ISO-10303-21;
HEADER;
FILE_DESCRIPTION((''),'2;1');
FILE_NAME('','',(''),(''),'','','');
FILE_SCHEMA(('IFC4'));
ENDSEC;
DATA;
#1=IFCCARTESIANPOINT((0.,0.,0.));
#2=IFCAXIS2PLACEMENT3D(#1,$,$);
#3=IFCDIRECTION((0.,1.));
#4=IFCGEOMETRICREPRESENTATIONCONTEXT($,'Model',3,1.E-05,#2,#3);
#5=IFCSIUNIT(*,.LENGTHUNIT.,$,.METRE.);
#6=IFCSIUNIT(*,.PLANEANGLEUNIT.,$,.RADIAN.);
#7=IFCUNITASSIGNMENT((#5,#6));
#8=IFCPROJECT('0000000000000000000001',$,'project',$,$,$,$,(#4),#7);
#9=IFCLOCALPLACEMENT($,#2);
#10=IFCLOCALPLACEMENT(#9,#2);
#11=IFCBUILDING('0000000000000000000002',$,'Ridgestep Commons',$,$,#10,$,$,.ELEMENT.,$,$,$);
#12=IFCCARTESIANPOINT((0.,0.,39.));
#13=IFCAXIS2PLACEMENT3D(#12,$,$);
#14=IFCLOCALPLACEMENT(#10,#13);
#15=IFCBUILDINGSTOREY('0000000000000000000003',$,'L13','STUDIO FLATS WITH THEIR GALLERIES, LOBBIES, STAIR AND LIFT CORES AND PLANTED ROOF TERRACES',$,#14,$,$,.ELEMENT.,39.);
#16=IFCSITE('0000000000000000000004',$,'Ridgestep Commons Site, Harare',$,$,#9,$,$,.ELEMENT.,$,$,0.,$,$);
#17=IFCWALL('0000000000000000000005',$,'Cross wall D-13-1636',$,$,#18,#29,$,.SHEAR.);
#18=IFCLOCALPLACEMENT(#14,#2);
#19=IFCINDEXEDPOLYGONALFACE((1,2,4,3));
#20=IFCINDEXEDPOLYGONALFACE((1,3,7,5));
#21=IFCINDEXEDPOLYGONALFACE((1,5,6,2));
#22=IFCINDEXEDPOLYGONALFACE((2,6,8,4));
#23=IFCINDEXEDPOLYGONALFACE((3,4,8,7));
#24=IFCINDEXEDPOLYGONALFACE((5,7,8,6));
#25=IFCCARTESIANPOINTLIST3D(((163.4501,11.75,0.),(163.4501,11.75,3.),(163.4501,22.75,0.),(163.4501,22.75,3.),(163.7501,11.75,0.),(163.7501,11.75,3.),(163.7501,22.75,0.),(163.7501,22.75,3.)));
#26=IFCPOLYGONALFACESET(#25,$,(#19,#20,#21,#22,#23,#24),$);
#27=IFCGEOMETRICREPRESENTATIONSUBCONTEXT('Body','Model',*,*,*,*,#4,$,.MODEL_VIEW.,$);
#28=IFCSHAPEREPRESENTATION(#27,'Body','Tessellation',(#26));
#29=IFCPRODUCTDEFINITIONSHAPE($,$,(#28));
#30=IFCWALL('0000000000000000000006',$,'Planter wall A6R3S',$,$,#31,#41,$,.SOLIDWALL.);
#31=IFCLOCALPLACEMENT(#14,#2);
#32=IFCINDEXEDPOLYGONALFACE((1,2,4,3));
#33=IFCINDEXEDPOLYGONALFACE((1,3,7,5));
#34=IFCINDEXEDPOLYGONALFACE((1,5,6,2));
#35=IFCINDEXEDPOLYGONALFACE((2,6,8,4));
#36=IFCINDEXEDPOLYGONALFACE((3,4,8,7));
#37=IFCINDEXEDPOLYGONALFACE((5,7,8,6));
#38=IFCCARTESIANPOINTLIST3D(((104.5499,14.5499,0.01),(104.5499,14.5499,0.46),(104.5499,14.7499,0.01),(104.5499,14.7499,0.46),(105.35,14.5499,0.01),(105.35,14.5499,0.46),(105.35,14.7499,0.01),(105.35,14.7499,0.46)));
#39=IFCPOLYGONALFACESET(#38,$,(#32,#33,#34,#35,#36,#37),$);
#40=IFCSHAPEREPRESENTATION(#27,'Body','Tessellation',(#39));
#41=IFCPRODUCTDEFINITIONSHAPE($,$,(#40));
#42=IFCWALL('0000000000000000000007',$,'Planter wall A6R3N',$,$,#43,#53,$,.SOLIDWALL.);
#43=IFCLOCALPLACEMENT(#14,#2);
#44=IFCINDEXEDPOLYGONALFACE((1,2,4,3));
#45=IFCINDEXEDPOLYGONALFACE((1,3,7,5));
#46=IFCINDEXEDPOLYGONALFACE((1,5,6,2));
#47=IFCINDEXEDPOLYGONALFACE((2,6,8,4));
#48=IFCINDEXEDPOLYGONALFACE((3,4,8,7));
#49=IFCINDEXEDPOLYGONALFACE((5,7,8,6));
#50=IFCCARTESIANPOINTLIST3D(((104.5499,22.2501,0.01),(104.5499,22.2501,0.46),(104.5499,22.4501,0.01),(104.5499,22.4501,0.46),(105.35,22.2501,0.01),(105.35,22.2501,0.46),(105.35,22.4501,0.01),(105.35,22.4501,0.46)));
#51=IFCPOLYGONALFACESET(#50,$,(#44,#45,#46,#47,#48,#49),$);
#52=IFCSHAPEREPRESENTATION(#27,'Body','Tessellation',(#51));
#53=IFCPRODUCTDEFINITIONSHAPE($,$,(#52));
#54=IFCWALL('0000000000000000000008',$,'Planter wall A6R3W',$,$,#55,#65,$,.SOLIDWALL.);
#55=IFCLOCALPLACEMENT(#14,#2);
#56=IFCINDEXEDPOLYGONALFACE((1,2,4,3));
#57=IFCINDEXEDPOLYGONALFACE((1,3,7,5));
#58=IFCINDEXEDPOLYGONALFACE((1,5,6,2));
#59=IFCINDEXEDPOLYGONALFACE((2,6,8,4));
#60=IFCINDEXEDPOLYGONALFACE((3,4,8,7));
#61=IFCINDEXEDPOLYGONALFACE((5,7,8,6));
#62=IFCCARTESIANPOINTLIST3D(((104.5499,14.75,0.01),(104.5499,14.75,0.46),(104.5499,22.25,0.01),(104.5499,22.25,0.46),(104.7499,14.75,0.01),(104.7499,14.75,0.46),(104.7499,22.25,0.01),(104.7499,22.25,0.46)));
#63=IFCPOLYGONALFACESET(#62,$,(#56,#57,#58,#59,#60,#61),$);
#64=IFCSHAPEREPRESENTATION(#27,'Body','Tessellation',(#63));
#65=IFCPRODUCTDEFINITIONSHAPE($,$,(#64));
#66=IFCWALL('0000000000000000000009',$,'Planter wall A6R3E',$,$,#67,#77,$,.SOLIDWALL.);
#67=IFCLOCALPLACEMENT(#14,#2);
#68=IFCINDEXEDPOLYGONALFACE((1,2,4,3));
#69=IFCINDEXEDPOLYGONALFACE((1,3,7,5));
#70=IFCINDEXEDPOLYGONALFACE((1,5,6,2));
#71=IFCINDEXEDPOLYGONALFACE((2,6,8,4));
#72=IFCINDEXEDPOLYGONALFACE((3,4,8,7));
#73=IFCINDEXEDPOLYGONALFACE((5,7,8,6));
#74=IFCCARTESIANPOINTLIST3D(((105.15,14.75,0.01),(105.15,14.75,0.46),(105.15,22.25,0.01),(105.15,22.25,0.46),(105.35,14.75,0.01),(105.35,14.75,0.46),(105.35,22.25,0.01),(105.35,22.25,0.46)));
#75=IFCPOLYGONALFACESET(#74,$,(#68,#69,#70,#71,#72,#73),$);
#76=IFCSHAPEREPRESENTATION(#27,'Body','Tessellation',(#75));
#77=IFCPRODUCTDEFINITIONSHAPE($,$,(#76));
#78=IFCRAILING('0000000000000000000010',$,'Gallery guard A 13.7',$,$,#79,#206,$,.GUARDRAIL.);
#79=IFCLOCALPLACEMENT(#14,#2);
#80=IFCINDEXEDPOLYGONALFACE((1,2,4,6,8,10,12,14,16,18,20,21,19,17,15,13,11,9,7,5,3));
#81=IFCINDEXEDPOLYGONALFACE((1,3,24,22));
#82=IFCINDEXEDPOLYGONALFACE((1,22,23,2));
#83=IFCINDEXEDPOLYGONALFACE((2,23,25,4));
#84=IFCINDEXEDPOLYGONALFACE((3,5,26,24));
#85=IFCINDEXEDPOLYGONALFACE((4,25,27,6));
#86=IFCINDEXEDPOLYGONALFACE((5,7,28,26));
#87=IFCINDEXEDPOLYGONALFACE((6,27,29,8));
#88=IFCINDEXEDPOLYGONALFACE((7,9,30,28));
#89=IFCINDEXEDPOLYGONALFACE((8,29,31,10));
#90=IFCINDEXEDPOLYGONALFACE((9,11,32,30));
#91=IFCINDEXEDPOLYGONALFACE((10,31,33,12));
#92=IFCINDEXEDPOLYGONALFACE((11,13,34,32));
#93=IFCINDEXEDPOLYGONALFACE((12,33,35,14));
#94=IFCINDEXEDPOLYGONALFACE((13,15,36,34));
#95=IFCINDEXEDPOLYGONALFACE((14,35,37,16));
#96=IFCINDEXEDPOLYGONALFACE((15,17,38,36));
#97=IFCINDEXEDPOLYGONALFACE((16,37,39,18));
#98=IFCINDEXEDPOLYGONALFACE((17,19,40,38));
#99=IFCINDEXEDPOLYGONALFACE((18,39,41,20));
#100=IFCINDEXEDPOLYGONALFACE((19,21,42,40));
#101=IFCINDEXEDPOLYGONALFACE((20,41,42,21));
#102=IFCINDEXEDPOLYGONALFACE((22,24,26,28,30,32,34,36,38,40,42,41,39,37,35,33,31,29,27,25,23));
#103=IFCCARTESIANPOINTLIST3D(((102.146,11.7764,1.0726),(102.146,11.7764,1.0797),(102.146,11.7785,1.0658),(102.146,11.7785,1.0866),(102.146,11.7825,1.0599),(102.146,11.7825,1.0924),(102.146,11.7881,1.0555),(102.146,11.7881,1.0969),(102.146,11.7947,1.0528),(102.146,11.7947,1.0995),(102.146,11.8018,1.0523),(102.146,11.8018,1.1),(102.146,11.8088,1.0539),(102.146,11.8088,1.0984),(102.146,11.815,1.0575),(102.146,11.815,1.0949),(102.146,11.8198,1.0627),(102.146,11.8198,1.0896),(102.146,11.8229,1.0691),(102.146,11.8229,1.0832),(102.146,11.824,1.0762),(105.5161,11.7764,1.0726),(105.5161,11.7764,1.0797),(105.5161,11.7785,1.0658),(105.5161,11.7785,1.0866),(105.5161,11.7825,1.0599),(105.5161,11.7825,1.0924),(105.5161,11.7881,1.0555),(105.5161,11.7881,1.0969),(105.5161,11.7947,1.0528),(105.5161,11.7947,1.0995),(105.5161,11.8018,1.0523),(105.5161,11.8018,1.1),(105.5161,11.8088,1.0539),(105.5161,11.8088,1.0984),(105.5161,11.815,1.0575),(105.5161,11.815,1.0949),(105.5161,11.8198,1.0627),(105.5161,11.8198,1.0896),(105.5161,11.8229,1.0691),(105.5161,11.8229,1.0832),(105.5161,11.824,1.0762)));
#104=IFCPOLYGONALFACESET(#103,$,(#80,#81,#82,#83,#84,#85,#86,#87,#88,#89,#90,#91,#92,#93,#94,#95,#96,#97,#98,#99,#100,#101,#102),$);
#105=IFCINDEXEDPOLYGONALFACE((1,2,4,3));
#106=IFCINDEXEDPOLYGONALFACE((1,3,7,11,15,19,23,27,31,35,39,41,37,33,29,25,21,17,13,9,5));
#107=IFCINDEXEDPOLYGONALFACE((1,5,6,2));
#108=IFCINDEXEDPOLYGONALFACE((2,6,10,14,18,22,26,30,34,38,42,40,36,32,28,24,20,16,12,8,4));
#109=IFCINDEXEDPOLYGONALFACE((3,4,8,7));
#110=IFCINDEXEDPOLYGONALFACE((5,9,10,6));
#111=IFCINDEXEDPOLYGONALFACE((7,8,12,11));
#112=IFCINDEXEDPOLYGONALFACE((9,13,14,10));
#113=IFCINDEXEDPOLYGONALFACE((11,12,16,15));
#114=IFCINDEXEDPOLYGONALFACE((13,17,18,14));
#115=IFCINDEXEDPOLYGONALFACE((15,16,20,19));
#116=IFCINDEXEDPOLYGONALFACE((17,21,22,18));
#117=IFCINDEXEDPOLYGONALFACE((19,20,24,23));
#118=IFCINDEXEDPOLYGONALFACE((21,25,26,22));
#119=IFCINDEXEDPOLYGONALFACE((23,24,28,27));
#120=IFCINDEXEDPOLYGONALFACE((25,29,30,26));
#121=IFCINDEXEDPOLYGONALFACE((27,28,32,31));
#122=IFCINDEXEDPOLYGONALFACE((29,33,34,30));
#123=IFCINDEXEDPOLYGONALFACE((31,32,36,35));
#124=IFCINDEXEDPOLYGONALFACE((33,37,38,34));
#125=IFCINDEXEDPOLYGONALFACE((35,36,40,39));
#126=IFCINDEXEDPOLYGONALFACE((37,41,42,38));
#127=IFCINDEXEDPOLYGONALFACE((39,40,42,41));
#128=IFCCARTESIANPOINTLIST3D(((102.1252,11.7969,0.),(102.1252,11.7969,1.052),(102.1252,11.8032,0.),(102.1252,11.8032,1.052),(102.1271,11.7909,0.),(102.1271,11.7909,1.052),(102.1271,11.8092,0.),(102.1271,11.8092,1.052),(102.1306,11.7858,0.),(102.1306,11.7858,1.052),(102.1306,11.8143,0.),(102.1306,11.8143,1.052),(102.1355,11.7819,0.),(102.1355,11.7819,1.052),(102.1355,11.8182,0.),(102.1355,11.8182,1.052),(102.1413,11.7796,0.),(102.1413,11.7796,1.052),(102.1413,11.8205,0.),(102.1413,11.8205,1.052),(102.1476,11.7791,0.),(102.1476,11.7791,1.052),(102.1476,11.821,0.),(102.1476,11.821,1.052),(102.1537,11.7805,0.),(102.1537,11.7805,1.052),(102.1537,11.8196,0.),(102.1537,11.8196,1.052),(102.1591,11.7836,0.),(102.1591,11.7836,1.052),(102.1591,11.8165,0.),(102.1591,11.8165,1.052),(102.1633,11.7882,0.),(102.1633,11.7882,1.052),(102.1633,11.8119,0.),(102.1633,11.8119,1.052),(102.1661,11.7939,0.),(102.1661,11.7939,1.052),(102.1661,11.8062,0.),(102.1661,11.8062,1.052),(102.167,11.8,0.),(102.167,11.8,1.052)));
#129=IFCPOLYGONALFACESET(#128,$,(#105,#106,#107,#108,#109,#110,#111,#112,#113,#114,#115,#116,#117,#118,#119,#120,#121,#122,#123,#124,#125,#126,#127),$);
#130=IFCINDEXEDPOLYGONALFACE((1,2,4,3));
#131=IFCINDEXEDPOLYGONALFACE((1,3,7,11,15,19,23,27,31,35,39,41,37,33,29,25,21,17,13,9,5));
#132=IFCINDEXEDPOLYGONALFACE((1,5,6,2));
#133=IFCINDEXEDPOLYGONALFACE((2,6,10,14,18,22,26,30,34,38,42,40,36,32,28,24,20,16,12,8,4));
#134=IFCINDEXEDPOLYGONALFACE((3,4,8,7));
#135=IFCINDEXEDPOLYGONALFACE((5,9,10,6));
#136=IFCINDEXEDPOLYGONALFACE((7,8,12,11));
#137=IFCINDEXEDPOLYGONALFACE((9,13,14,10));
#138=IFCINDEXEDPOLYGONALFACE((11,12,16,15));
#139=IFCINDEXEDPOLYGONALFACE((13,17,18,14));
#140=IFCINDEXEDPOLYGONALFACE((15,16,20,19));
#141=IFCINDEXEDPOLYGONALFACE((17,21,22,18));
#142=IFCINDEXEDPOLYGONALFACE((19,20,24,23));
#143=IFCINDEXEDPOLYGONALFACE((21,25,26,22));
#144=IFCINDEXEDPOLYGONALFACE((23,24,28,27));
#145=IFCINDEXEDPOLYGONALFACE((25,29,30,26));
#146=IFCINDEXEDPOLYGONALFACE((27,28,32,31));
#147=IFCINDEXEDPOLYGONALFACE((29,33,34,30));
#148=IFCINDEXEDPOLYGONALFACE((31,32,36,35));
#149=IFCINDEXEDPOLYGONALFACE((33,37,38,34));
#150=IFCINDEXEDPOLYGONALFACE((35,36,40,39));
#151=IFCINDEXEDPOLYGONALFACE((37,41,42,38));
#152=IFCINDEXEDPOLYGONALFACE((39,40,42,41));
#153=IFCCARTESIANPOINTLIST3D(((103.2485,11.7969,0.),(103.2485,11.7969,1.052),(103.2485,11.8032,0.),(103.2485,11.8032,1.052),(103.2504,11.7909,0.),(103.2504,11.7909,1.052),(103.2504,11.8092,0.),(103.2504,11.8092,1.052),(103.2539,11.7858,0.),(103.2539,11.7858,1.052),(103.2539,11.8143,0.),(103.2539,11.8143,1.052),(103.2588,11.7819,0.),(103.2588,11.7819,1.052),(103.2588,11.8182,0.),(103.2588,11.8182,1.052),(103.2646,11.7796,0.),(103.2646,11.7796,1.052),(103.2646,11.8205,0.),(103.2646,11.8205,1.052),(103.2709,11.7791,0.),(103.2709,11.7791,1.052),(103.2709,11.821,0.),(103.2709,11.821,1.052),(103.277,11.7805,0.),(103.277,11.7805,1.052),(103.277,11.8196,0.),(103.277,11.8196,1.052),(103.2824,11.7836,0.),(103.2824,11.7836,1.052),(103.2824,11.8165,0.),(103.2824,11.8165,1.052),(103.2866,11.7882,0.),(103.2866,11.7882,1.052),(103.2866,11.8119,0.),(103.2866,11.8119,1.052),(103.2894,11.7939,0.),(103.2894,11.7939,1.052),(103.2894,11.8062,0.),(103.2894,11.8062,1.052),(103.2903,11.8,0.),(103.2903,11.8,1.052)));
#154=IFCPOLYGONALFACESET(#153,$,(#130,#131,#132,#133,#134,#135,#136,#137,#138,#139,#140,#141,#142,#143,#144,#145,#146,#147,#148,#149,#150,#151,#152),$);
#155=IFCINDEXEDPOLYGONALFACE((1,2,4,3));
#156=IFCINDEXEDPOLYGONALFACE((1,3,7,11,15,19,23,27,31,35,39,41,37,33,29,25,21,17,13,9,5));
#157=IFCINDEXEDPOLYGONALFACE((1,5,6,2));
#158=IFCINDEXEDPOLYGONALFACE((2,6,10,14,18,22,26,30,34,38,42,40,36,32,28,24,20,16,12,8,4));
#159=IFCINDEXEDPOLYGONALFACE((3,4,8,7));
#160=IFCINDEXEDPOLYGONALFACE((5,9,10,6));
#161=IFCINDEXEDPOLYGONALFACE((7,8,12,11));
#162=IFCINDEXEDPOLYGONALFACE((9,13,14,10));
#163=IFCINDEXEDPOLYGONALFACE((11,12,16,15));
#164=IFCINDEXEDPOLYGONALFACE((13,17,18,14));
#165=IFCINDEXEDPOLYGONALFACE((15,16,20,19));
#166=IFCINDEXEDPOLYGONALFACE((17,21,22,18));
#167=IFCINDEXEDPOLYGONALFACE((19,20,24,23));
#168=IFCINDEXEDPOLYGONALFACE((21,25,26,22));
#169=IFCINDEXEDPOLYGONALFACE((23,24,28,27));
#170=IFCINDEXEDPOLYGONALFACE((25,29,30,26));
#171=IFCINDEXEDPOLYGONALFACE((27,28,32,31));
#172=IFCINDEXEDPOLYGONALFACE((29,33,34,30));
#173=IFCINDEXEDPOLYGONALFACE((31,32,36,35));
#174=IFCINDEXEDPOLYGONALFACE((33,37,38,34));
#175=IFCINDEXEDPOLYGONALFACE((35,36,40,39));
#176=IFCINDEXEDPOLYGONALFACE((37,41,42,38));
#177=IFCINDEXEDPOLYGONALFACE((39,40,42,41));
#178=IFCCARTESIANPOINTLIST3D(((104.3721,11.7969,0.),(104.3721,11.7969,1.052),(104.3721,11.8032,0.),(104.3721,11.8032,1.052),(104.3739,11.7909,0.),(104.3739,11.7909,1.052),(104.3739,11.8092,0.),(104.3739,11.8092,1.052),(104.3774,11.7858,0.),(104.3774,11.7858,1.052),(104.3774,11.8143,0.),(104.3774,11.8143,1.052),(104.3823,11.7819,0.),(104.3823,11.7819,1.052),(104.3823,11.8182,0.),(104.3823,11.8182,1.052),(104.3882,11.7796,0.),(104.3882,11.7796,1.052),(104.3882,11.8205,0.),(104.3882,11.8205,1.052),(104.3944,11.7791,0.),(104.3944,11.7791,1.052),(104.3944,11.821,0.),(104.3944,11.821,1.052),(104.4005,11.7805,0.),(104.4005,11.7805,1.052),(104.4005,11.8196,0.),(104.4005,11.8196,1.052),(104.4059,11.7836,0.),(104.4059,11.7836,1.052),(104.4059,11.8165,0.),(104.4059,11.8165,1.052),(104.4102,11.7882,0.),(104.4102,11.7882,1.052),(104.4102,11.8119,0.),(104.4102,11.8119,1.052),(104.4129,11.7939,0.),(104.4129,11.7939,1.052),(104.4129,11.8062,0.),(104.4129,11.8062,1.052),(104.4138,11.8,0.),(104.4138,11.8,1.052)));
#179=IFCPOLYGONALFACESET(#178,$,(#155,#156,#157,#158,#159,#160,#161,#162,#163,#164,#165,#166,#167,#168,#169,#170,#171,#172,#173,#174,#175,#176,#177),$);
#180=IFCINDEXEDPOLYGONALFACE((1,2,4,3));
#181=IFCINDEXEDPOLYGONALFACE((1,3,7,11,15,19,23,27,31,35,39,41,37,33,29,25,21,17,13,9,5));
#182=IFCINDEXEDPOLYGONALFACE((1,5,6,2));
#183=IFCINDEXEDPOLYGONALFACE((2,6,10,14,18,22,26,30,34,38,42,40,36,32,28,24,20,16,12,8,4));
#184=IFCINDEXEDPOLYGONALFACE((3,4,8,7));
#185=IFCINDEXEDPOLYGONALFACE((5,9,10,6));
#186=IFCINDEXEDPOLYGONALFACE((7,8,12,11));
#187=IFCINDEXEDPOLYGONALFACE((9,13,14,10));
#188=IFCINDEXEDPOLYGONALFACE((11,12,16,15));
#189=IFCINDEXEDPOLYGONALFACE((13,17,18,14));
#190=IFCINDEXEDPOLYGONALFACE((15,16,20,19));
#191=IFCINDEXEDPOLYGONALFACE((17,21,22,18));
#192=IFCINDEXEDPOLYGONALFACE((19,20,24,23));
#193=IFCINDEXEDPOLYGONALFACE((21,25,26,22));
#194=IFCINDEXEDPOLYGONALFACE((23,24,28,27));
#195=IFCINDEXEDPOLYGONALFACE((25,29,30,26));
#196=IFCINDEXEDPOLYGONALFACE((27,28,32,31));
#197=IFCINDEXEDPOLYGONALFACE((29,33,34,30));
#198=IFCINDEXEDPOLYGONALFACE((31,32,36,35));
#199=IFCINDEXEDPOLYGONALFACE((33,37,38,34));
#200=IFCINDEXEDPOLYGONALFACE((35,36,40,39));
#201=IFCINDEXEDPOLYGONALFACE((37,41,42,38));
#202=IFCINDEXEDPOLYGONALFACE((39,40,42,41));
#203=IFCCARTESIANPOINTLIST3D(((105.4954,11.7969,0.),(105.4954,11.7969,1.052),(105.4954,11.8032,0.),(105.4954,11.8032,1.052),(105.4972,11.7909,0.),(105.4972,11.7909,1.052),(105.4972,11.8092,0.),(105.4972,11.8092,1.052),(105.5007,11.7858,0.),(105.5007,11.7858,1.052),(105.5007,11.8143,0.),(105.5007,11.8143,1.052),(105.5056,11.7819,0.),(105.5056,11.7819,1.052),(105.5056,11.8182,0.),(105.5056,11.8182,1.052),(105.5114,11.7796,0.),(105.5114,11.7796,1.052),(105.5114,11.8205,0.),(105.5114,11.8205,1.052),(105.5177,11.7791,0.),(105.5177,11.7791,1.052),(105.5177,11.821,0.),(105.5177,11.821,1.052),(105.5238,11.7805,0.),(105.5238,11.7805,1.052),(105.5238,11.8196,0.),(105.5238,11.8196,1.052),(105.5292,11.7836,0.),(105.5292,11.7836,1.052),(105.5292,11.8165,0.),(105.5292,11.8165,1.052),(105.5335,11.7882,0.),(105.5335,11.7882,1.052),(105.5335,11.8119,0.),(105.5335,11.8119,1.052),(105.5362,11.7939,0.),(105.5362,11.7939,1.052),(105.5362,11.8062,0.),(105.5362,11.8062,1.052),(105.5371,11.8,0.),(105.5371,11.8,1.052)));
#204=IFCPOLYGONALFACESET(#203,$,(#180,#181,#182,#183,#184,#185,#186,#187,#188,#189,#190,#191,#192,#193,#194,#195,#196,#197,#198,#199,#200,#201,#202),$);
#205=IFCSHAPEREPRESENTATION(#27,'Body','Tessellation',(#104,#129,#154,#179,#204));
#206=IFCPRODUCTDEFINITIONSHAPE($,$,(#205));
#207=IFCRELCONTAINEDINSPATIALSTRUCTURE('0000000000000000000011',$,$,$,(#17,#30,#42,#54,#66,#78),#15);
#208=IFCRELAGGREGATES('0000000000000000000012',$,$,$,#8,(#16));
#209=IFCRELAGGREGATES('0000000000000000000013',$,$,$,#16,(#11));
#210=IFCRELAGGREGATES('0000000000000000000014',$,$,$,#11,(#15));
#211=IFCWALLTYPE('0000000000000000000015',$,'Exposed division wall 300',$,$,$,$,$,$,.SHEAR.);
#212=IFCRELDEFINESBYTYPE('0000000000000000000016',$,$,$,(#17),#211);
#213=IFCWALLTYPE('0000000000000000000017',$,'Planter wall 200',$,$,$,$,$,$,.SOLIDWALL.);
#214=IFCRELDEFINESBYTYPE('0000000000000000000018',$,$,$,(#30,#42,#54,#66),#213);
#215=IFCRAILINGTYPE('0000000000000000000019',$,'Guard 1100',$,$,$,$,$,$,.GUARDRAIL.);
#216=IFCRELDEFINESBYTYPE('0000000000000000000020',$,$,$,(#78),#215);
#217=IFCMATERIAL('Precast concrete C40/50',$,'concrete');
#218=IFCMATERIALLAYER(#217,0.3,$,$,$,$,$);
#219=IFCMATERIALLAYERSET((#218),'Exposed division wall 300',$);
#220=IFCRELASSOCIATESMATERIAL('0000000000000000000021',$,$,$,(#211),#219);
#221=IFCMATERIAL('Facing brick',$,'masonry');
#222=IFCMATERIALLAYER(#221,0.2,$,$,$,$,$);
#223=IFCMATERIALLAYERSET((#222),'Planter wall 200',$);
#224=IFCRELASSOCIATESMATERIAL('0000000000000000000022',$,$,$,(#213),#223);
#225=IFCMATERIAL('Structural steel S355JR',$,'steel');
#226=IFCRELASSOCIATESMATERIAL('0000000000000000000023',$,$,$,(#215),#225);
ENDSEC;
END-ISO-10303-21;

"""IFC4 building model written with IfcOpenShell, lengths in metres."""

from ifc_helpers import new_model, si_unit, direction, frame, frame_2d, origin, origin_2d, place, context, subcontext, project, spatial, rectangle, circle, extrude, material, layer, layer_set, type_object, element, save


model = new_model("IFC4")

# Units and contexts
model_context = context("Model", 3, precision=1e-05, world=origin(), true_north=direction((0.0, 1.0)))
body_context = subcontext(model_context, "Body", "Model", "MODEL_VIEW")
ifc_project = project(units=[si_unit("LENGTHUNIT", "METRE"), si_unit("PLANEANGLEUNIT", "RADIAN")], contexts=[model_context])

# Site, building, storey
site_placement = place(None, origin())
site = spatial("IfcSite", under=ifc_project, at=site_placement, Name="Ridgestep Commons Site, Harare", CompositionType="ELEMENT", RefElevation=0.0)
building_placement = place(site_placement, origin())
building = spatial("IfcBuilding", under=site, at=building_placement, Name="Ridgestep Commons", CompositionType="ELEMENT")
storey_placement = place(building_placement, frame((0.0, 0.0, 39.0)))
storey = spatial("IfcBuildingStorey", under=building, at=storey_placement, Name="L13", Description="STUDIO FLATS WITH THEIR GALLERIES, LOBBIES, STAIR AND LIFT CORES AND PLANTED ROOF TERRACES", CompositionType="ELEMENT", Elevation=39.0)

# Walls
ifc_material_1 = material(Name="Precast concrete C40/50", Category="concrete")
ifc_layer_1 = layer(ifc_material_1, 0.3)
ifc_layer_set_1 = layer_set([ifc_layer_1], Name="Exposed division wall 300")
wall_type_1 = type_object("IfcWallType", Name="Exposed division wall 300", PredefinedType="SHEAR", material=ifc_layer_set_1)
wall_1_placement = place(storey_placement, frame((163.6001, 11.75, 0.0), z_axis=(0.0, 0.0, 1.0), x_axis=(0.0, 1.0, 0.0)))
element("IfcWall", 1, at=wall_1_placement, inside=storey, type_object=wall_type_1, Name="Cross wall D-13-1636", PredefinedType="SHEAR", context=body_context, shape_type="SweptSolid", body=[
    extrude(rectangle(XDim=11.0, YDim=0.3, at=frame_2d((5.5, 0.0))), origin(), (0.0, 0.0, 1.0), 3.0),
])
ifc_material_2 = material(Name="Facing brick", Category="masonry")
ifc_layer_2 = layer(ifc_material_2, 0.2)
ifc_layer_set_2 = layer_set([ifc_layer_2], Name="Planter wall 200")
wall_type_2 = type_object("IfcWallType", Name="Planter wall 200", PredefinedType="SOLIDWALL", material=ifc_layer_set_2)
for number, where, z_axis, x_axis, name in (
    (2, (104.55, 14.6499, 0.01), (0.0, 0.0, 1.0), (1.0, 0.0, 0.0), "Planter wall A6R3S"),
    (3, (104.55, 22.3501, 0.01), (0.0, 0.0, 1.0), (1.0, 0.0, 0.0), "Planter wall A6R3N"),
):
    element("IfcWall", number, at=place(storey_placement, frame(where, z_axis=z_axis, x_axis=x_axis)), inside=storey, type_object=wall_type_2, Name=name, PredefinedType="SOLIDWALL", context=body_context, shape_type="SweptSolid", body=[
        extrude(rectangle(XDim=0.8, YDim=0.2, at=frame_2d((0.3999, 0.0))), origin(), (0.0, 0.0, 1.0), 0.45),
    ])
for number, where, z_axis, x_axis, name in (
    (4, (104.6499, 14.75, 0.01), (0.0, 0.0, 1.0), (0.0, 1.0, 0.0), "Planter wall A6R3W"),
    (5, (105.25, 14.75, 0.01), (0.0, 0.0, 1.0), (0.0, 1.0, 0.0), "Planter wall A6R3E"),
):
    element("IfcWall", number, at=place(storey_placement, frame(where, z_axis=z_axis, x_axis=x_axis)), inside=storey, type_object=wall_type_2, Name=name, PredefinedType="SOLIDWALL", context=body_context, shape_type="SweptSolid", body=[
        extrude(rectangle(XDim=7.5, YDim=0.2, at=frame_2d((3.75, 0.0))), origin(), (0.0, 0.0, 1.0), 0.45),
    ])

# Railing
ifc_material_3 = material(Name="Structural steel S355JR", Category="steel")
railing_type_1 = type_object("IfcRailingType", Name="Guard 1100", PredefinedType="GUARDRAIL", material=ifc_material_3)
railing_1_placement = place(storey_placement, frame((102.146, 11.8, 0.0)))
element("IfcRailing", 6, at=railing_1_placement, inside=storey, type_object=railing_type_1, Name="Gallery guard A 13.7", PredefinedType="GUARDRAIL", context=body_context, shape_type="SweptSolid", body=[
    extrude(circle(Radius=0.0239, at=origin_2d()), frame((0.0, 0.0, 1.0762), z_axis=(1.0, 0.0, 0.0), x_axis=(0.0, 1.0, 0.0)), (0.0, 0.0, 1.0), 3.3701),
    extrude(circle(Radius=0.021, at=origin_2d()), origin(), (0.0, 0.0, 1.0), 1.052),
    extrude(circle(Radius=0.021, at=origin_2d()), frame((1.1233, 0.0, 0.0)), (0.0, 0.0, 1.0), 1.052),
    extrude(circle(Radius=0.021, at=origin_2d()), frame((2.2468, 0.0, 0.0)), (0.0, 0.0, 1.0), 1.052),
    extrude(circle(Radius=0.021, at=origin_2d()), frame((3.3701, 0.0, 0.0)), (0.0, 0.0, 1.0), 1.052),
])

save(model, "model.ifc")
